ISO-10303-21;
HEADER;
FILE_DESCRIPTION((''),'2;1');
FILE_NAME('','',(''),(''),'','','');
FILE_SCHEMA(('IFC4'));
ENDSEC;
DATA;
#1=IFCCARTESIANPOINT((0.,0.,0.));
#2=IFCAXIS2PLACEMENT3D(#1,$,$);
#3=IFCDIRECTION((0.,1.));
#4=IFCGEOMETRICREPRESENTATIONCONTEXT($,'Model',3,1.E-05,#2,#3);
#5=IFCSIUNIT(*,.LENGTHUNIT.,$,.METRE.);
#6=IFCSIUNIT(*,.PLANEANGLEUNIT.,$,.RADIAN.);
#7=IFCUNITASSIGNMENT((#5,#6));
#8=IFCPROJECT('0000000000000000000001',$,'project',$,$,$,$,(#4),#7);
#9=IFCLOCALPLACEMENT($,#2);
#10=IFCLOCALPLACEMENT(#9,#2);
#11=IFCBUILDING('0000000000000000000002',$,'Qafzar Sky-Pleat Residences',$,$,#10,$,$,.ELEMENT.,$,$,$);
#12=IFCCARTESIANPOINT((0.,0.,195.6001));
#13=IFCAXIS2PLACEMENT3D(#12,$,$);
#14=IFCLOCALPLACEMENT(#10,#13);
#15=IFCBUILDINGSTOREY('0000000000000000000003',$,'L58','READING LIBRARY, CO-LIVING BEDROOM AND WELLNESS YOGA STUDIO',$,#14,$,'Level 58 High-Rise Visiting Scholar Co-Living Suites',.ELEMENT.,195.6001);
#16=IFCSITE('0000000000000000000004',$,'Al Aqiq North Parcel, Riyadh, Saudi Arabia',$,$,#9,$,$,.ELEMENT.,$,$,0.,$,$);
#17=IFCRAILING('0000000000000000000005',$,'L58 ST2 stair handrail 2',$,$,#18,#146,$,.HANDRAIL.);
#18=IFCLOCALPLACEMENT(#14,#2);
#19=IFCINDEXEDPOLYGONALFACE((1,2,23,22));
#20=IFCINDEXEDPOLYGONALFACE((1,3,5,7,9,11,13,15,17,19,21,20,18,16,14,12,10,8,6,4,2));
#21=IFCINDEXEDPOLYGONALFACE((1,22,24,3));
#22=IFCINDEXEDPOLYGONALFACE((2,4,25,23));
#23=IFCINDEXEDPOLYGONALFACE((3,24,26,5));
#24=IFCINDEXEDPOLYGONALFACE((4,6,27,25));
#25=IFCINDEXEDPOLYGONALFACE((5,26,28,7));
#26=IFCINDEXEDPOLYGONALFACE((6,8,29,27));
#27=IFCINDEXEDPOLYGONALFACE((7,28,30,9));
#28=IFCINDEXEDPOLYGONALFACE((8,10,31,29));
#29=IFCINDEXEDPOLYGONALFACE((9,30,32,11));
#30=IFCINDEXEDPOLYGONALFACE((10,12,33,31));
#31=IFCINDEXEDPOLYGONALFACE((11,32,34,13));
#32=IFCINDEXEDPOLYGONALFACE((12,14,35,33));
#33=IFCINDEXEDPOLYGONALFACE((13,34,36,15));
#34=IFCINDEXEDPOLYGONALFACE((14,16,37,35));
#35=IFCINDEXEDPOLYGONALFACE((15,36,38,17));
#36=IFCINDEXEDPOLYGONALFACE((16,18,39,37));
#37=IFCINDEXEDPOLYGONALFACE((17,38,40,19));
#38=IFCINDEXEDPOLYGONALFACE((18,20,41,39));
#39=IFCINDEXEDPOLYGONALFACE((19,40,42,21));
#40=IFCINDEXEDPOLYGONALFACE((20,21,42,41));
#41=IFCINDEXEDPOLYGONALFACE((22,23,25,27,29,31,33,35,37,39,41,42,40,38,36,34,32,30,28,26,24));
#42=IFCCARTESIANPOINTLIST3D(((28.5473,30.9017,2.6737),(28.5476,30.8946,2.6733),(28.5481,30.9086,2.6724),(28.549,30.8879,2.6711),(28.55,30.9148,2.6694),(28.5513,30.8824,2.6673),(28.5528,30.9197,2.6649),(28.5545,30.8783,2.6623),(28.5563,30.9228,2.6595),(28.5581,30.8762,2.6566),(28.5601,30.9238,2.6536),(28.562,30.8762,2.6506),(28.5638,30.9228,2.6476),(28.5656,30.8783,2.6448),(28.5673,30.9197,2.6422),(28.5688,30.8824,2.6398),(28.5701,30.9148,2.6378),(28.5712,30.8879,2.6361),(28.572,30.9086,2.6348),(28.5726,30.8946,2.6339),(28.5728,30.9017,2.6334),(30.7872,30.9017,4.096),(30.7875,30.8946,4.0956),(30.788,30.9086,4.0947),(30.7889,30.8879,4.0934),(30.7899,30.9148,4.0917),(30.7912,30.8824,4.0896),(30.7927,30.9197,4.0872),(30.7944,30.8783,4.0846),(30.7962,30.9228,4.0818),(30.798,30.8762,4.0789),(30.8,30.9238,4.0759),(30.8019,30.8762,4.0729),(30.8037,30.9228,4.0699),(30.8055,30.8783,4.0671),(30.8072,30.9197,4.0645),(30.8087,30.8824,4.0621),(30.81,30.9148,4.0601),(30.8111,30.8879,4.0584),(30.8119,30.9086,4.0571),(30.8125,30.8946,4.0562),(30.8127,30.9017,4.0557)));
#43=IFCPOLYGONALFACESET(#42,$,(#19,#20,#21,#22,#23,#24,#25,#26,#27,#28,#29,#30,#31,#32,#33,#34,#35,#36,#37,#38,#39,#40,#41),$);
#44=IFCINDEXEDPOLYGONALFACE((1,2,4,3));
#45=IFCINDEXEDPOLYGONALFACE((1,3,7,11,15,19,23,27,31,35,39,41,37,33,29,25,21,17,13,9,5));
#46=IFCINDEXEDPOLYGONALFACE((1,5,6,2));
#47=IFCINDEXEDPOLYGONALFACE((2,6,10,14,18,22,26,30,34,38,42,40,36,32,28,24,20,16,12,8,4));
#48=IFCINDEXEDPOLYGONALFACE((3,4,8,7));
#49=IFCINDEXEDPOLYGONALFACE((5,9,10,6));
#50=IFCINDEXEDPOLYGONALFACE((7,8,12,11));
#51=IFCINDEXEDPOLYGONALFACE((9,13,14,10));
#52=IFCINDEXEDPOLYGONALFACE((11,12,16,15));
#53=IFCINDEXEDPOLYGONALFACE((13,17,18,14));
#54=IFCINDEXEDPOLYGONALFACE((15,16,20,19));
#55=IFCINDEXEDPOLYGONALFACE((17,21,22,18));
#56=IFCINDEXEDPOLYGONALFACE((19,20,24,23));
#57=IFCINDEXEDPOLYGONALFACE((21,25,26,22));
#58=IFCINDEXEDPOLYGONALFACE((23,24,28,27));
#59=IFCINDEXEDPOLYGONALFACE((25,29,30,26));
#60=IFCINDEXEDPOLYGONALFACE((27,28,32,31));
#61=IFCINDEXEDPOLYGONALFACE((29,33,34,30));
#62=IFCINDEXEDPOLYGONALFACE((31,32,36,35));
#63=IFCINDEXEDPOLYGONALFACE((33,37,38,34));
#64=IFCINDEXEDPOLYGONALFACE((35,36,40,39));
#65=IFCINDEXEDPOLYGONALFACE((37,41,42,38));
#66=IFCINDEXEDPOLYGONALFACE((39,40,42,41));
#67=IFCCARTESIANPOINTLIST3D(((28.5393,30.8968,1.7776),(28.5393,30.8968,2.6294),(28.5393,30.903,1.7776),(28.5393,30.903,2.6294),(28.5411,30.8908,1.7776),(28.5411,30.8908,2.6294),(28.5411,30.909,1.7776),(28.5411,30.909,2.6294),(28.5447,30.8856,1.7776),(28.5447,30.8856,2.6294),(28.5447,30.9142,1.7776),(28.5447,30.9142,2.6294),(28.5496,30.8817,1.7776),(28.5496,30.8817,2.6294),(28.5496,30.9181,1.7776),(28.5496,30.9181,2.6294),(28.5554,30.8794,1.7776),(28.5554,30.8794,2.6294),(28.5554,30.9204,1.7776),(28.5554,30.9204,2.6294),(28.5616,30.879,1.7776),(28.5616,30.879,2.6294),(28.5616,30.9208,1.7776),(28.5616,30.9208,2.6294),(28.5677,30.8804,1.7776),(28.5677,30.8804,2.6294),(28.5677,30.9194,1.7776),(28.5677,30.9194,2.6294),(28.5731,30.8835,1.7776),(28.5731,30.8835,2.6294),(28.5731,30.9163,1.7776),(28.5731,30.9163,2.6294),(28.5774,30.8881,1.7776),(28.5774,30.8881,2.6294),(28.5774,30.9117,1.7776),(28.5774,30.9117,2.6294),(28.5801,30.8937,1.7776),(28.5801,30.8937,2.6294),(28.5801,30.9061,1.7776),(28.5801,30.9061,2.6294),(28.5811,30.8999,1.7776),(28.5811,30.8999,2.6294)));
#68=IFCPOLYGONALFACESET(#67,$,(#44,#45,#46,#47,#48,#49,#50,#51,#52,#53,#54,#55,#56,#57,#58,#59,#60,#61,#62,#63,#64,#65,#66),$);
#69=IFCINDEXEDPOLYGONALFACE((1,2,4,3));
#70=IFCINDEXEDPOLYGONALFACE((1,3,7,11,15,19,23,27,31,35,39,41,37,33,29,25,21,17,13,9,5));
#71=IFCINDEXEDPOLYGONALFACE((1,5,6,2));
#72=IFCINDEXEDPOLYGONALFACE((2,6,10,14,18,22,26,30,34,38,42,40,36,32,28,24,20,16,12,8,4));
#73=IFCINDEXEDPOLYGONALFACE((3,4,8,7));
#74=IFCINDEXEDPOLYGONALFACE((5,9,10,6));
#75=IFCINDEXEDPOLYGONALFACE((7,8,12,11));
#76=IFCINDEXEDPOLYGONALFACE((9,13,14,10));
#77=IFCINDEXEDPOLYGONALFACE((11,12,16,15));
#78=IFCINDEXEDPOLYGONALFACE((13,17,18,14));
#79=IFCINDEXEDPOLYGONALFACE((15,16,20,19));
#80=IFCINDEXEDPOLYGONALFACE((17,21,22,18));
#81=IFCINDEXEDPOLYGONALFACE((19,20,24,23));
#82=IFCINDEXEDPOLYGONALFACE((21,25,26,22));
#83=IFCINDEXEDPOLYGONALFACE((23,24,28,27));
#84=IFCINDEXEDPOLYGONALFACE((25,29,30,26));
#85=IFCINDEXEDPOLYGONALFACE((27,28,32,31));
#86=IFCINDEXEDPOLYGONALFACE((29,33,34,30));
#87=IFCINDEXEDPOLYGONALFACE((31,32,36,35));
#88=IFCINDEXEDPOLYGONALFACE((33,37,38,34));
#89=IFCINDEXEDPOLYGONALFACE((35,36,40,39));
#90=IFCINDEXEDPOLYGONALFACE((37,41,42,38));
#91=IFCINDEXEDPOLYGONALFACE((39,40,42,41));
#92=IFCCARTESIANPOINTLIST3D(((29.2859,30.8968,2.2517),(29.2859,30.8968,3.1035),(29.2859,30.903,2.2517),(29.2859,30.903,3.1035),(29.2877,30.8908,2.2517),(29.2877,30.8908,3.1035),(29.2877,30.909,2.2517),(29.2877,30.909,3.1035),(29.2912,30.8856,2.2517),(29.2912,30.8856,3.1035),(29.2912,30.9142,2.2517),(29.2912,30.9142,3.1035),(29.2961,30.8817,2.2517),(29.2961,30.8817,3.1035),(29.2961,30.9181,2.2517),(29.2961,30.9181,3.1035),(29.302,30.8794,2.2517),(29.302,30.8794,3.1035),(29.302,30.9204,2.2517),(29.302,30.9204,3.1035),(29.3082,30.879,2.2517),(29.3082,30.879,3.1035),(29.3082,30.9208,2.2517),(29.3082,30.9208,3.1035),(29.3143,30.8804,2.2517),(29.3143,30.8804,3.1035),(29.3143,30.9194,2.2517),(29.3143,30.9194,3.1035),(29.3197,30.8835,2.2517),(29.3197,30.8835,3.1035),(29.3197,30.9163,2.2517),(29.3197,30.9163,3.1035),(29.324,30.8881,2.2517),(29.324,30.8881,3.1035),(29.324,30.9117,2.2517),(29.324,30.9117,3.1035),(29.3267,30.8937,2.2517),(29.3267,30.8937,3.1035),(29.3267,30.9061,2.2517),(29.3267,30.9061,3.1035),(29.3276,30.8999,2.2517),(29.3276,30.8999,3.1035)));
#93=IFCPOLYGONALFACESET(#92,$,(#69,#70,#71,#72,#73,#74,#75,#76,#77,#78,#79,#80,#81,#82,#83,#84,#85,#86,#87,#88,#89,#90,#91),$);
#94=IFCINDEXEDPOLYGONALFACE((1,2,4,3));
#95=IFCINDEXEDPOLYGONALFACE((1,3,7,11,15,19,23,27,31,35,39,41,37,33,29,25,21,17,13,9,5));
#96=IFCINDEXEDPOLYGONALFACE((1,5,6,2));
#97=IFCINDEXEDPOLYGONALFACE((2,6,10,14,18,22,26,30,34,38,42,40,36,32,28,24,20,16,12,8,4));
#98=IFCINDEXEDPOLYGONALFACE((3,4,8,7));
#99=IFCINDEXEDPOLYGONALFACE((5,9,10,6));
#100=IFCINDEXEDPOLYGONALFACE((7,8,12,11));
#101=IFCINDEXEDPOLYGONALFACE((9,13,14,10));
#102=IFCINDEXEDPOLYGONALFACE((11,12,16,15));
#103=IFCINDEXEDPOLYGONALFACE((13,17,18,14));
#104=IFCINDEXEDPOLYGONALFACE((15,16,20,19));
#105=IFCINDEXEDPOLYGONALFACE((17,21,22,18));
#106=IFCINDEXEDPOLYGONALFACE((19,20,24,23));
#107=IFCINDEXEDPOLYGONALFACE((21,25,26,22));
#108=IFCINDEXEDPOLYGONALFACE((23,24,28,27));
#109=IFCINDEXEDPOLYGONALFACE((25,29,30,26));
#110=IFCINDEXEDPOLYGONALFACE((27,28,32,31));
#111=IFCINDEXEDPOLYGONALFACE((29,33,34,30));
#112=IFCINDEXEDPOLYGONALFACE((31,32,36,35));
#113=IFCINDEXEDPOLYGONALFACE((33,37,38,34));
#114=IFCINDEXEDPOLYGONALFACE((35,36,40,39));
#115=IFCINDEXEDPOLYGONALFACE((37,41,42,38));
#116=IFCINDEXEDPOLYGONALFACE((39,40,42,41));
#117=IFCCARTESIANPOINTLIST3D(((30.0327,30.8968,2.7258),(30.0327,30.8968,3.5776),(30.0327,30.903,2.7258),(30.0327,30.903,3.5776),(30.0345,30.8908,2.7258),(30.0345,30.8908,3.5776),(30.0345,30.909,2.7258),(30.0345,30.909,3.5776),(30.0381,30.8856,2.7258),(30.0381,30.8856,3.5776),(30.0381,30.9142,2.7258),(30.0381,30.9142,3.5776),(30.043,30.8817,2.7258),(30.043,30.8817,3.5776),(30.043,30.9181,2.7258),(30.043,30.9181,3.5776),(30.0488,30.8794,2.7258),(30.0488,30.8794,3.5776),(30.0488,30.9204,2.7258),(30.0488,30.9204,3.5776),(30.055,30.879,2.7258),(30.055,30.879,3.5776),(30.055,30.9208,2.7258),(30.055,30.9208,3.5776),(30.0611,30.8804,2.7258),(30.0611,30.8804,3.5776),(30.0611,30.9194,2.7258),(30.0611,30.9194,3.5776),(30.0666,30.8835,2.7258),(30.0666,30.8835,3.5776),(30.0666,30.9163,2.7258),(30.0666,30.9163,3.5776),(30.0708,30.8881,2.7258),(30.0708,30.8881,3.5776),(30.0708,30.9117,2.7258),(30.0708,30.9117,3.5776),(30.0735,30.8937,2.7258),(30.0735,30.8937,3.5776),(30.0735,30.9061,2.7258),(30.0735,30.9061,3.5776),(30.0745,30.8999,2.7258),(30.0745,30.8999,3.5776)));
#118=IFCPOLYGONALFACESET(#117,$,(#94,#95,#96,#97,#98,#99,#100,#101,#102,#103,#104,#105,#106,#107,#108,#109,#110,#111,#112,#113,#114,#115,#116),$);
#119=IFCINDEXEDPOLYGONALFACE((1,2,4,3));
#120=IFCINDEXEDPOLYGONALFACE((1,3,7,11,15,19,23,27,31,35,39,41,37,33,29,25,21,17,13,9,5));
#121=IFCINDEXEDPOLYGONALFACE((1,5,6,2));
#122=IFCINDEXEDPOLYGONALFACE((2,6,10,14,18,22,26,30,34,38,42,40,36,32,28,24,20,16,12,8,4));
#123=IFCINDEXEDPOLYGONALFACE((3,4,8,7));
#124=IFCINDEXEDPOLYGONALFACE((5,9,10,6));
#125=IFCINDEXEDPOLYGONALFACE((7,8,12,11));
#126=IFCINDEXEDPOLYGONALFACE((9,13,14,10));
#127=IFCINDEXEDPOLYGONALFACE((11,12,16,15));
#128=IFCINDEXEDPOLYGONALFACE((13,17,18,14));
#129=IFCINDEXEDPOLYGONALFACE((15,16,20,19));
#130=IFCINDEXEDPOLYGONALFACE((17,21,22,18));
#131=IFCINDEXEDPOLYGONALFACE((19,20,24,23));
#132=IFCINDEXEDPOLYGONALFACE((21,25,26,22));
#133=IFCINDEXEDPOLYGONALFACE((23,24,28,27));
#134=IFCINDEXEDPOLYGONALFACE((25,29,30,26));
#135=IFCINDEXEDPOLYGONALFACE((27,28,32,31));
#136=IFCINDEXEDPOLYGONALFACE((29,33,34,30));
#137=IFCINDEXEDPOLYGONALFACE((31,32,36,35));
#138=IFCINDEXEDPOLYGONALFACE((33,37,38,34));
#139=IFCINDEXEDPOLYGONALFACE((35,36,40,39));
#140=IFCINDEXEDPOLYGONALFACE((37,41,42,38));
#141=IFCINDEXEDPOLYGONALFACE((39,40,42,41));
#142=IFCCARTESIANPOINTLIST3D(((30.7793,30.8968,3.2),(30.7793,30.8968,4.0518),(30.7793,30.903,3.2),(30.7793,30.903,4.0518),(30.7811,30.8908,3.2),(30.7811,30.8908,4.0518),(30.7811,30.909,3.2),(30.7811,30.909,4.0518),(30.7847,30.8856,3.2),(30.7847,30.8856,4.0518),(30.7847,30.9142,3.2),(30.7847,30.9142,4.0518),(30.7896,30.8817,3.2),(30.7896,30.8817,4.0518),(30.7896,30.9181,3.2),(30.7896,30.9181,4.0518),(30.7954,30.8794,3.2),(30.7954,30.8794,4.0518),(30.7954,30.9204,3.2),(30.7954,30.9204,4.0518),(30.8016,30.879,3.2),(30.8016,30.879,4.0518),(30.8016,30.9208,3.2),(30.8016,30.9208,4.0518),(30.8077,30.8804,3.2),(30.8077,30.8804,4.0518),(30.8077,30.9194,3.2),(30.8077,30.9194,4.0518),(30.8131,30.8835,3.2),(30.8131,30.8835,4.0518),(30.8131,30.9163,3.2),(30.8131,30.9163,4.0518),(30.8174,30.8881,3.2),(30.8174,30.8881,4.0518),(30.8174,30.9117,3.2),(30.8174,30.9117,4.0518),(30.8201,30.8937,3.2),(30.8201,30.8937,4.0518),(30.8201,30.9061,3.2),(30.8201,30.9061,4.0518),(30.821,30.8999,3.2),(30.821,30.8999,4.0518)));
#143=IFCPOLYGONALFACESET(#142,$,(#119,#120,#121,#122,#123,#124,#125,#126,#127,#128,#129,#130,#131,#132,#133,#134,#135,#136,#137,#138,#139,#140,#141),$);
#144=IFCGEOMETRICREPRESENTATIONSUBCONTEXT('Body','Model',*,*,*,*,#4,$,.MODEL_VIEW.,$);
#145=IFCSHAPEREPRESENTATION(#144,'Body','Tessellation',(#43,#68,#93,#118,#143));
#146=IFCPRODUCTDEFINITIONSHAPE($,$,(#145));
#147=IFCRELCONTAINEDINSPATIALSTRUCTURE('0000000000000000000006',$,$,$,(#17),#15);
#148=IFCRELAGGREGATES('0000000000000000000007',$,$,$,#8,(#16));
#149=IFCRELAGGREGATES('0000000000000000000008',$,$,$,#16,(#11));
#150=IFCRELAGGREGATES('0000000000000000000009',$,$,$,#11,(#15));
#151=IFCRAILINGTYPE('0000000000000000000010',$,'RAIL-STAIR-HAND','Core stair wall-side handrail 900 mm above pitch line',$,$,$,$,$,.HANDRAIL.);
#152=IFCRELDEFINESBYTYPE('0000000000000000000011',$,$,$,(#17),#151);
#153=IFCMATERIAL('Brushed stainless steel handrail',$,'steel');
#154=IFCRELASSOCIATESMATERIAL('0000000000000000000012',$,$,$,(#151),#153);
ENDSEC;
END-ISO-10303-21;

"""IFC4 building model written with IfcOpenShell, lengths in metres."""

from ifc_helpers import new_model, si_unit, direction, frame, origin, origin_2d, place, context, subcontext, project, spatial, circle, extrude, source, transform, mapped, material, type_object, element, save


model = new_model("IFC4")

# Units and contexts
model_context = context("Model", 3, precision=1e-05, world=origin(), true_north=direction((0.0, 1.0)))
body_context = subcontext(model_context, "Body", "Model", "MODEL_VIEW")
ifc_project = project(units=[si_unit("LENGTHUNIT", "METRE"), si_unit("PLANEANGLEUNIT", "RADIAN")], contexts=[model_context])

# Site, building, storey
site_placement = place(None, origin())
site = spatial("IfcSite", under=ifc_project, at=site_placement, Name="Al Aqiq North Parcel, Riyadh, Saudi Arabia", CompositionType="ELEMENT", RefElevation=0.0)
building_placement = place(site_placement, origin())
building = spatial("IfcBuilding", under=site, at=building_placement, Name="Qafzar Sky-Pleat Residences", CompositionType="ELEMENT")
storey_placement = place(building_placement, frame((0.0, 0.0, 195.6001)))
storey = spatial("IfcBuildingStorey", under=building, at=storey_placement, Name="L58", Description="READING LIBRARY, CO-LIVING BEDROOM AND WELLNESS YOGA STUDIO", LongName="Level 58 High-Rise Visiting Scholar Co-Living Suites", CompositionType="ELEMENT", Elevation=195.6001)

# Railing
ifc_material_1 = material(Name="Brushed stainless steel handrail", Category="steel")
railing_type_1 = type_object("IfcRailingType", Name="RAIL-STAIR-HAND", Description="Core stair wall-side handrail 900 mm above pitch line", PredefinedType="HANDRAIL", material=ifc_material_1)
shared_shape_1 = source(origin(), body_context, "Body", "SweptSolid", [
    extrude(circle(Radius=0.0239, at=origin_2d()), frame((0.0, 0.0, 0.876), z_axis=(0.844188, 0.0, 0.536048), x_axis=(0.0, 1.0, 0.0)), (0.0, 0.0, 1.0), 2.6533),
    extrude(circle(Radius=0.021, at=origin_2d()), origin(), (0.0, 0.0, 1.0), 0.8518),
    extrude(circle(Radius=0.021, at=origin_2d()), frame((0.7466, 0.0, 0.4741)), (0.0, 0.0, 1.0), 0.8518),
    extrude(circle(Radius=0.021, at=origin_2d()), frame((1.4934, 0.0, 0.9482)), (0.0, 0.0, 1.0), 0.8518),
    extrude(circle(Radius=0.021, at=origin_2d()), frame((2.24, 0.0, 1.4224)), (0.0, 0.0, 1.0), 0.8518),
])
railing_1_placement = place(storey_placement, frame((28.5601, 30.8999, 1.7776)))
element("IfcRailing", 1, at=railing_1_placement, inside=storey, type_object=railing_type_1, Name="L58 ST2 stair handrail 2", PredefinedType="HANDRAIL", context=body_context, shape_type="MappedRepresentation", body=[
    mapped(shared_shape_1, transform((0.0, 0.0, 0.0), x_axis=(1.0, 0.0, 0.0), y_axis=(0.0, 1.0, 0.0), z_axis=(0.0, 0.0, 1.0), scale=1.0)),
])

save(model, "model.ifc")
